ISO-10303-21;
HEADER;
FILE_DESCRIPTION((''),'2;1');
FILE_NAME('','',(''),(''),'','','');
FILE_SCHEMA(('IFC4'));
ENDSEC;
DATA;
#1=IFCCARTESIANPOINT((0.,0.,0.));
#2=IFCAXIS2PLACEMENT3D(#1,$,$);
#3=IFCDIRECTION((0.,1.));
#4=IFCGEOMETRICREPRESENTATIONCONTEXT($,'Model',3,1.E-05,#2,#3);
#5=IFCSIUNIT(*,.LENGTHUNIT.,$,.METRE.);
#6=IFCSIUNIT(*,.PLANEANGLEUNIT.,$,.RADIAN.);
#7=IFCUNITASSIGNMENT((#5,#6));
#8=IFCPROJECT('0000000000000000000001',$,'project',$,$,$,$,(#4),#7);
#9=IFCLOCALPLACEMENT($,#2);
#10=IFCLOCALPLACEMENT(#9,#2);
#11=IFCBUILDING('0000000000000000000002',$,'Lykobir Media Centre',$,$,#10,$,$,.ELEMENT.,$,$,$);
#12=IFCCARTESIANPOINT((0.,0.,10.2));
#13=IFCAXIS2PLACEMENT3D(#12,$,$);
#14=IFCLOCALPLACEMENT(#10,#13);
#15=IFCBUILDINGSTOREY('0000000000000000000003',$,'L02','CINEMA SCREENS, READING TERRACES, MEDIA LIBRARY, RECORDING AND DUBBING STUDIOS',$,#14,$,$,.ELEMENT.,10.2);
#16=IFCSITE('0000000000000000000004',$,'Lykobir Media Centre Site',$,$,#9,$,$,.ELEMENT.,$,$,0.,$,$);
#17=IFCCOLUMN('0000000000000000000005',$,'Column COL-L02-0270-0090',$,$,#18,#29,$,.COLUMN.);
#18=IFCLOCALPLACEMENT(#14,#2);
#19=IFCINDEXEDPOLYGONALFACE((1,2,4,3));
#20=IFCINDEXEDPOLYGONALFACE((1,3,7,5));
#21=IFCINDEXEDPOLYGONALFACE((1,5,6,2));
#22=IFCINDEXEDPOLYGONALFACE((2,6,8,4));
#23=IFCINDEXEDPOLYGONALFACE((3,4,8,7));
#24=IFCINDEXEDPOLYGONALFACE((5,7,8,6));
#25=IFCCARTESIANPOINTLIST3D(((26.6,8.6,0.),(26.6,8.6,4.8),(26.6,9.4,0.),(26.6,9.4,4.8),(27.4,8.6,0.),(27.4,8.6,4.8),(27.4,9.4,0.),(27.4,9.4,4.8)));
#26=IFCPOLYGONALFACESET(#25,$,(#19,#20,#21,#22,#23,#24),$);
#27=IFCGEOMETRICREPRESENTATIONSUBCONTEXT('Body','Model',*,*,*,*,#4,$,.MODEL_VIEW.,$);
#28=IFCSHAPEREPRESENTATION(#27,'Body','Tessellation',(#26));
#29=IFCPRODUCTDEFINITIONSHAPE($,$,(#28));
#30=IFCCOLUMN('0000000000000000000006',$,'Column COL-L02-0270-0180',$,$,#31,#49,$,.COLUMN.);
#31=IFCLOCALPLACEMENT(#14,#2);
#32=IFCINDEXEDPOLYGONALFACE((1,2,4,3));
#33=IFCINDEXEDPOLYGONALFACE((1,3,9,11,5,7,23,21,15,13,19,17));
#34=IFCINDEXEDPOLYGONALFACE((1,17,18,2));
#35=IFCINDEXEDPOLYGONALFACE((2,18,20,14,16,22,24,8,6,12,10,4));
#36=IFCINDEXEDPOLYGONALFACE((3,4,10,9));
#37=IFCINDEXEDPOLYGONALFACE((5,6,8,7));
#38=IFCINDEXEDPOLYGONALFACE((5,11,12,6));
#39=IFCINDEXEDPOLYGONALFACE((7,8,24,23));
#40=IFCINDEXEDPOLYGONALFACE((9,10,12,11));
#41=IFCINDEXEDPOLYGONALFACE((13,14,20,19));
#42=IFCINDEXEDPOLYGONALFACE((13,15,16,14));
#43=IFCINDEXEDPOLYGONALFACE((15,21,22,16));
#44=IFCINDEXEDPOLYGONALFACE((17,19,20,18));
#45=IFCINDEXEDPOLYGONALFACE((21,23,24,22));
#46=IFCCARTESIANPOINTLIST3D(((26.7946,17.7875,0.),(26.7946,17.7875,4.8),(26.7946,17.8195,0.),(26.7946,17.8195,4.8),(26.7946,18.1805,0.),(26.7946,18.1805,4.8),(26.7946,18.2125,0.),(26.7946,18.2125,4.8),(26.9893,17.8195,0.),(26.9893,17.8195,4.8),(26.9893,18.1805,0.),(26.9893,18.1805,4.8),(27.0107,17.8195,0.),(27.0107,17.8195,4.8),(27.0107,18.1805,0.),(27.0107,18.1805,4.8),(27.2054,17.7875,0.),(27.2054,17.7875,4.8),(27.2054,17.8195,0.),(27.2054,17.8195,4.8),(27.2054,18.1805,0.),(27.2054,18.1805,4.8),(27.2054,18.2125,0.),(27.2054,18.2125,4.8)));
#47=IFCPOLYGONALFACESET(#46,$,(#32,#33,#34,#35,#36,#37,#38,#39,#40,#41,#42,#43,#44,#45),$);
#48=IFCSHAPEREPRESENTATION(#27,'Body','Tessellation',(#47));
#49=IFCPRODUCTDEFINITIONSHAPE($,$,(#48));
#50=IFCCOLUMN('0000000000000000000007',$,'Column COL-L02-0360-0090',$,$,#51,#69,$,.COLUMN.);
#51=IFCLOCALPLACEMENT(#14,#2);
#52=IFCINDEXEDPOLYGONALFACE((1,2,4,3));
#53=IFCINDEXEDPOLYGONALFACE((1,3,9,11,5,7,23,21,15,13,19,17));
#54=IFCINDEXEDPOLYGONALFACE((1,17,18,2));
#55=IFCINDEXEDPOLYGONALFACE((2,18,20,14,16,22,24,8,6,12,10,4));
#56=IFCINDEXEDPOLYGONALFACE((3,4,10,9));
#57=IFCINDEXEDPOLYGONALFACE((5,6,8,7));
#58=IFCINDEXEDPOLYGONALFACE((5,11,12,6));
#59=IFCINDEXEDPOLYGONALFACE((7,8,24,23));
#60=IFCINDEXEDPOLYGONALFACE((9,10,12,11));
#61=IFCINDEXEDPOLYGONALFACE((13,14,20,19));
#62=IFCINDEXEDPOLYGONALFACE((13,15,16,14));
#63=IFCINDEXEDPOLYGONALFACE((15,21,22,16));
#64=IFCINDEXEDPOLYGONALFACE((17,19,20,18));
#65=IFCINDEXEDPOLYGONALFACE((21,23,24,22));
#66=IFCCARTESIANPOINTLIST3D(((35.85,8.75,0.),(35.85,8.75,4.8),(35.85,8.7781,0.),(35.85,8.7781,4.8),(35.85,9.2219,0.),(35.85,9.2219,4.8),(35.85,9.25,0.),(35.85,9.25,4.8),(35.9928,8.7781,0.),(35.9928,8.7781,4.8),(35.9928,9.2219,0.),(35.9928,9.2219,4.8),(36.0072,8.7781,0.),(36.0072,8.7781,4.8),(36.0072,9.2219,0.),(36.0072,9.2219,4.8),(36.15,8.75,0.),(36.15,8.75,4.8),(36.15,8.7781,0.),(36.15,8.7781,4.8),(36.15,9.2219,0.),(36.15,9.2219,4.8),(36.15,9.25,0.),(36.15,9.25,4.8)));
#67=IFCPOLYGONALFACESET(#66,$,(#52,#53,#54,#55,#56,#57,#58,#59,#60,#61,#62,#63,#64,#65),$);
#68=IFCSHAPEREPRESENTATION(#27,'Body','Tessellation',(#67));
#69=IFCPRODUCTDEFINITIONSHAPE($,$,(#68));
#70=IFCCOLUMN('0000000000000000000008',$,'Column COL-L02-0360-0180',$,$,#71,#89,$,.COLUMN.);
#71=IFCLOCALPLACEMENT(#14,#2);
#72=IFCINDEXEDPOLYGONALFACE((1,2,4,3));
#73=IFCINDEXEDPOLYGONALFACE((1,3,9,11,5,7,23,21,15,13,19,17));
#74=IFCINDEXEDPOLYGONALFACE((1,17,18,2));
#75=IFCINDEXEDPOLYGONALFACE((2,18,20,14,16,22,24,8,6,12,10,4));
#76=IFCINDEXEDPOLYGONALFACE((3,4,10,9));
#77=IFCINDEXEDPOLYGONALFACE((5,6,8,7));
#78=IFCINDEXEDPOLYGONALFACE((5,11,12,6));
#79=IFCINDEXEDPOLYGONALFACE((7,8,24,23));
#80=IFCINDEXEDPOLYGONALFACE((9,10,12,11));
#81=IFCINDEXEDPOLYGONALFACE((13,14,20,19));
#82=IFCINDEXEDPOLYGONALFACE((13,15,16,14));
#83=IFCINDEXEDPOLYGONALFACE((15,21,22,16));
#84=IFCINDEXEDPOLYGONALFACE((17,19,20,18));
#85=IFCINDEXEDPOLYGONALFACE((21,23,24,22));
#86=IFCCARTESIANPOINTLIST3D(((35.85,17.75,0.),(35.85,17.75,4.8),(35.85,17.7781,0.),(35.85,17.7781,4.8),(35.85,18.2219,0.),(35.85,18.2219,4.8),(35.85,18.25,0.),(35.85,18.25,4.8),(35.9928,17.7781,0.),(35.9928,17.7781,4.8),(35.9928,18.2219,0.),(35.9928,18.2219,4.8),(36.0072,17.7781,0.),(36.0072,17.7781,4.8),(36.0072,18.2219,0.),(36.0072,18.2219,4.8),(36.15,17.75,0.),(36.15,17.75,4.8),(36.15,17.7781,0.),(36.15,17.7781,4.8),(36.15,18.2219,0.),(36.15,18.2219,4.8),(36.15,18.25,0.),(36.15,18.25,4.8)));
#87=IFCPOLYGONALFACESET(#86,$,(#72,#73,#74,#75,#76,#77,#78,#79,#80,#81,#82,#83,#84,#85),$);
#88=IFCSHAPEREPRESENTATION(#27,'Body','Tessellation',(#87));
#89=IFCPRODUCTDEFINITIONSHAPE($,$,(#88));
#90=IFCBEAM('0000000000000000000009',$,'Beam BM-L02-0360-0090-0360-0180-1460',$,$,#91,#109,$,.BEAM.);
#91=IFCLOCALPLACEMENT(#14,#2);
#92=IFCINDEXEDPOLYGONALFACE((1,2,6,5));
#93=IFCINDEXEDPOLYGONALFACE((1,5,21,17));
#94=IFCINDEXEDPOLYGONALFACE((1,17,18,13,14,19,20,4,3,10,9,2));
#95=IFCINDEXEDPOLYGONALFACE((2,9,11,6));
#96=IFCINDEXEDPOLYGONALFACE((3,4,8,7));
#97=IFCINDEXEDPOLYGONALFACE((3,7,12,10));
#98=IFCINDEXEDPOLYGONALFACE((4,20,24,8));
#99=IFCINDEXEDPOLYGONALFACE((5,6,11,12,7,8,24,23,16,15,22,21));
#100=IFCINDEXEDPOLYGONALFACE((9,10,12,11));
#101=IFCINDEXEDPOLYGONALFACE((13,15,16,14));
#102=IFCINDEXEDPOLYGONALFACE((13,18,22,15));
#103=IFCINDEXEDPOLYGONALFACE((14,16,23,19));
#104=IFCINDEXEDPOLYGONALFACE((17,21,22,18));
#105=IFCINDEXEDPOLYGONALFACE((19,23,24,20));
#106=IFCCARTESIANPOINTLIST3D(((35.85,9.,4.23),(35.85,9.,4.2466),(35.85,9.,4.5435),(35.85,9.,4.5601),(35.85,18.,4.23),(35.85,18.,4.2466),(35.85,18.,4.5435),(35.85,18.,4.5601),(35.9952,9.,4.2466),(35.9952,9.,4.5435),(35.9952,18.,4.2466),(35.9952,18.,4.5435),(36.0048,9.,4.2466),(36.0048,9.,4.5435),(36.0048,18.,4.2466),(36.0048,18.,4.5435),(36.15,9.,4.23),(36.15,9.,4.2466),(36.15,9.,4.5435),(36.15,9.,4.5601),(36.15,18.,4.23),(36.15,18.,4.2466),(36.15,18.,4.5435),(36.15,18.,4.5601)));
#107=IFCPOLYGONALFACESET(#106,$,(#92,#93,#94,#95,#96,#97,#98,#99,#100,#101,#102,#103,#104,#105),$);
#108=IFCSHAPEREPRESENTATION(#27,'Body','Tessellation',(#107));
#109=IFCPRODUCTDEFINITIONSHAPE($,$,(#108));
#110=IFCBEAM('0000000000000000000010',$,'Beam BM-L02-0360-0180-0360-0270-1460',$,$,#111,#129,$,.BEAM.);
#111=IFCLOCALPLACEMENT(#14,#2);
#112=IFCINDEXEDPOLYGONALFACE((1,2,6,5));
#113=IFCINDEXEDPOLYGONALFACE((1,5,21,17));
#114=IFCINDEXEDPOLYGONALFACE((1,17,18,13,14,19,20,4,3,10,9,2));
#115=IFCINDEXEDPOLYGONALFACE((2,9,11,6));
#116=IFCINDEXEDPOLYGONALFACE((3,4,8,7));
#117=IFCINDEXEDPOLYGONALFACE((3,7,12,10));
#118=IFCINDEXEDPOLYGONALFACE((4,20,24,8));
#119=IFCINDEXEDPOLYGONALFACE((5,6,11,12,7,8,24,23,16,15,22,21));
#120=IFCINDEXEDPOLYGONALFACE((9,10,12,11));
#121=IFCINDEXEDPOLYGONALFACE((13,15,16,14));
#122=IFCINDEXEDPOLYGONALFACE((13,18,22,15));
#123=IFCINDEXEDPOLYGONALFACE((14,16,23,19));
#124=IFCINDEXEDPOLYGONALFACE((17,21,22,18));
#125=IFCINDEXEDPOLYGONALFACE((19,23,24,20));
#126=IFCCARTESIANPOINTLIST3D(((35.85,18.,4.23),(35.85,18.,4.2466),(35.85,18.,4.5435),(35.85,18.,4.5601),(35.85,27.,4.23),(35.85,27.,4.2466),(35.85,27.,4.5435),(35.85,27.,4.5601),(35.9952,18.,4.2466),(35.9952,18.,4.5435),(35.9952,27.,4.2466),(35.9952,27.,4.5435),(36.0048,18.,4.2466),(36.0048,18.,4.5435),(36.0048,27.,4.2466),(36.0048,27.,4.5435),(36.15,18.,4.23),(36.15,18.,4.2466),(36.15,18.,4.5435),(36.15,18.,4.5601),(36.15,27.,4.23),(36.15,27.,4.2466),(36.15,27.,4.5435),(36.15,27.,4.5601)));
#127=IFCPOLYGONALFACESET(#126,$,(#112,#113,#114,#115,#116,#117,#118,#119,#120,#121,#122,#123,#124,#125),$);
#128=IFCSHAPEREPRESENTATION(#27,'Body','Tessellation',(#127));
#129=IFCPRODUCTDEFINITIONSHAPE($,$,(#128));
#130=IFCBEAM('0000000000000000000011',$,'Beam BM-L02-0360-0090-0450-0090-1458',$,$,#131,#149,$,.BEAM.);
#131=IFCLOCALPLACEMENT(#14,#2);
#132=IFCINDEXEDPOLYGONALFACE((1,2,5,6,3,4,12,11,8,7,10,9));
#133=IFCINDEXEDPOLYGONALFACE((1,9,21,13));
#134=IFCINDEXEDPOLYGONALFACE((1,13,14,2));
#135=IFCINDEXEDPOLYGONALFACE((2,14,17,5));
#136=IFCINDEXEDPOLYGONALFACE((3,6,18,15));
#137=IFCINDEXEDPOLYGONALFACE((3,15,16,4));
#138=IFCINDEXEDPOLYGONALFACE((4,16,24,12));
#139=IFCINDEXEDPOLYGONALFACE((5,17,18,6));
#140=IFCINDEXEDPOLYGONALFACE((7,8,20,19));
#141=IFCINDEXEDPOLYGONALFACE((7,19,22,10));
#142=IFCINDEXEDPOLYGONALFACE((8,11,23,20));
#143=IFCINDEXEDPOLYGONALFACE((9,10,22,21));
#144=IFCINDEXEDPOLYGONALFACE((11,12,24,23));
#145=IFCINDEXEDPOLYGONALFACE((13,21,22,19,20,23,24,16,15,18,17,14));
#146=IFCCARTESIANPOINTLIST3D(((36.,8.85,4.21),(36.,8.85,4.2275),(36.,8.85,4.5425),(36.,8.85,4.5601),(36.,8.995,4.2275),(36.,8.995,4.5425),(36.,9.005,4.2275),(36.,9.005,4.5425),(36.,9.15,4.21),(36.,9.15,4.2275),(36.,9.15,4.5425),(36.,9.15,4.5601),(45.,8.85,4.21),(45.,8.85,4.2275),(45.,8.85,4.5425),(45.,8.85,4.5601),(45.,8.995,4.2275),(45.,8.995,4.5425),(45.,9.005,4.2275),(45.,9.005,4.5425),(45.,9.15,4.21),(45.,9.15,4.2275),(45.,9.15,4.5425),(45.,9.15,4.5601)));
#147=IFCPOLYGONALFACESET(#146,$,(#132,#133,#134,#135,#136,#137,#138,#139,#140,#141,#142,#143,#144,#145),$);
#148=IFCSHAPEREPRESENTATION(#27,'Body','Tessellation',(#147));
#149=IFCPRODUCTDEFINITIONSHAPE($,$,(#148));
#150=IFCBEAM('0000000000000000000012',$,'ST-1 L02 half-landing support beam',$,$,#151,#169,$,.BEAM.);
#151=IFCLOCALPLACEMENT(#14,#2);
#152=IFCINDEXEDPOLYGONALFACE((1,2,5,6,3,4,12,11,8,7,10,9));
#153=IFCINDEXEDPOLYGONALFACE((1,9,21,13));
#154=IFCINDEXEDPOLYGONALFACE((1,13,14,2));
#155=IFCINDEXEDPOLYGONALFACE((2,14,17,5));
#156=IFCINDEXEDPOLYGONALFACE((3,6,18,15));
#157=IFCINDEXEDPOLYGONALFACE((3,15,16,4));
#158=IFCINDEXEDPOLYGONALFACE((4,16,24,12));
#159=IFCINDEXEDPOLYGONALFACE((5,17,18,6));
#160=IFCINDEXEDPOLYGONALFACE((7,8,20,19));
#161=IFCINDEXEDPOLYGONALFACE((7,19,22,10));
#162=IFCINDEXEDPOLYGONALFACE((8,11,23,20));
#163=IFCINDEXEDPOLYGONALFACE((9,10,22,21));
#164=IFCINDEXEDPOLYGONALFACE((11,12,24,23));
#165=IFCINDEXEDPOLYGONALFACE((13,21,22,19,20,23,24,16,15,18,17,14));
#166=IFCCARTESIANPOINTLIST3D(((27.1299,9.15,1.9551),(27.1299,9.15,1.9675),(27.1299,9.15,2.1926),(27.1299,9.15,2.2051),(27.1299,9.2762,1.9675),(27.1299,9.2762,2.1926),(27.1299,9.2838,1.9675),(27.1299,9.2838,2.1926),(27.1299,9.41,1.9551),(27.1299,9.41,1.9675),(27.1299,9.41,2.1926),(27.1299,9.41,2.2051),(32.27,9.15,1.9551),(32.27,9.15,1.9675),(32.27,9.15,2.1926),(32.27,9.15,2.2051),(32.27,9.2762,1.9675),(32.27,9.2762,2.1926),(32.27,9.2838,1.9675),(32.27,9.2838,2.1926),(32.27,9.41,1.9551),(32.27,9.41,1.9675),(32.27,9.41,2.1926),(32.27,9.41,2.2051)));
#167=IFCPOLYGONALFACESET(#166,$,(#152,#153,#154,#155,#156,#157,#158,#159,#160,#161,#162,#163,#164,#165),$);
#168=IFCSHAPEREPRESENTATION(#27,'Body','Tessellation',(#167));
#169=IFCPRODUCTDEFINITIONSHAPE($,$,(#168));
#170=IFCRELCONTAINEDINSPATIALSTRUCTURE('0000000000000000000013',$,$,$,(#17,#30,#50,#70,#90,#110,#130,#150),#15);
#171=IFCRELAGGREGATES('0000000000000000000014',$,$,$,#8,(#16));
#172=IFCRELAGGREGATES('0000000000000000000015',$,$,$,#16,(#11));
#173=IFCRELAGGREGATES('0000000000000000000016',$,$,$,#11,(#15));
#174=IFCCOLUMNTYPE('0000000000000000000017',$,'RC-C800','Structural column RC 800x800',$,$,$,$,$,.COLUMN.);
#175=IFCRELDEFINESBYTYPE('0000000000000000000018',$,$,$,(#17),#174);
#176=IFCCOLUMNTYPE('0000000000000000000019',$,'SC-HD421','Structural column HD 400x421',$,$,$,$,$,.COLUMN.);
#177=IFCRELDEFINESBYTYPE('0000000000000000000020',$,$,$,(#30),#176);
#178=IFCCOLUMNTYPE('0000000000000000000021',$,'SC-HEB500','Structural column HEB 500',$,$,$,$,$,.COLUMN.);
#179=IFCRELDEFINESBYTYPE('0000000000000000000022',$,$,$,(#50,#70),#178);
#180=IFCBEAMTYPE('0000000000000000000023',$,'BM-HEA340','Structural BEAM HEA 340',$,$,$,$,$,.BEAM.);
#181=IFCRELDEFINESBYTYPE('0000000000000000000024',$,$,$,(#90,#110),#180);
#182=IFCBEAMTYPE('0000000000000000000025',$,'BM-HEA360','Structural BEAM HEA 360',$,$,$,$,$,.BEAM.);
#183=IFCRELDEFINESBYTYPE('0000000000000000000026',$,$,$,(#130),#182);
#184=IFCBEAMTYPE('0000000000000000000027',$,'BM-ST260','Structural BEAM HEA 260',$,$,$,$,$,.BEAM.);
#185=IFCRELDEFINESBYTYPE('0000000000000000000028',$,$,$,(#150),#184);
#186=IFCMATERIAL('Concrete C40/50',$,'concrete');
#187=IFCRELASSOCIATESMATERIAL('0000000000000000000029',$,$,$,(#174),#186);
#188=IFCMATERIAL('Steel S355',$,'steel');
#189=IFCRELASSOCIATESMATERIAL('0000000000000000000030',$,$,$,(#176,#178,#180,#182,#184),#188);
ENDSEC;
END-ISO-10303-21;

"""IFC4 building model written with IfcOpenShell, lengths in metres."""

from ifc_helpers import new_model, si_unit, direction, frame, origin, origin_2d, place, context, subcontext, project, spatial, rectangle, i_section, extrude, material, material_profile, profile_set, type_object, element, save


model = new_model("IFC4")

# Units and contexts
model_context = context("Model", 3, precision=1e-05, world=origin(), true_north=direction((0.0, 1.0)))
body_context = subcontext(model_context, "Body", "Model", "MODEL_VIEW")
ifc_project = project(units=[si_unit("LENGTHUNIT", "METRE"), si_unit("PLANEANGLEUNIT", "RADIAN")], contexts=[model_context])

# Site, building, storey
site_placement = place(None, origin())
site = spatial("IfcSite", under=ifc_project, at=site_placement, Name="Lykobir Media Centre Site", CompositionType="ELEMENT", RefElevation=0.0)
building_placement = place(site_placement, origin())
building = spatial("IfcBuilding", under=site, at=building_placement, Name="Lykobir Media Centre", CompositionType="ELEMENT")
storey_placement = place(building_placement, frame((0.0, 0.0, 10.2)))
storey = spatial("IfcBuildingStorey", under=building, at=storey_placement, Name="L02", Description="CINEMA SCREENS, READING TERRACES, MEDIA LIBRARY, RECORDING AND DUBBING STUDIOS", CompositionType="ELEMENT", Elevation=10.2)

# Columns
ifc_material_1 = material(Name="Concrete C40/50", Category="concrete")
ifc_material_profile_1 = material_profile(ifc_material_1, rectangle(XDim=0.8, YDim=0.8, at=origin_2d()), Name="RC 800x800")
ifc_profile_set_1 = profile_set([ifc_material_profile_1], Name="Concrete C40/50")
column_type_1 = type_object("IfcColumnType", Name="RC-C800", Description="Structural column RC 800x800", PredefinedType="COLUMN", material=ifc_profile_set_1)
column_1_placement = place(storey_placement, frame((27.0, 9.0, 0.0), z_axis=(0.0, 0.0, 1.0), x_axis=(1.0, 0.0, 0.0)))
element("IfcColumn", 1, at=column_1_placement, inside=storey, type_object=column_type_1, Name="Column COL-L02-0270-0090", PredefinedType="COLUMN", context=body_context, shape_type="SweptSolid", body=[
    extrude(rectangle(XDim=0.8, YDim=0.8, at=origin_2d()), origin(), (0.0, 0.0, 1.0), 4.8),
])
ifc_material_2 = material(Name="Steel S355", Category="steel")
ifc_material_profile_2 = material_profile(ifc_material_2, i_section(OverallWidth=0.4109, OverallDepth=0.425, WebThickness=0.0215, FlangeThickness=0.032, at=origin_2d()), Name="HD 400x421")
ifc_profile_set_2 = profile_set([ifc_material_profile_2], Name="Steel S355")
column_type_2 = type_object("IfcColumnType", Name="SC-HD421", Description="Structural column HD 400x421", PredefinedType="COLUMN", material=ifc_profile_set_2)
column_2_placement = place(storey_placement, frame((27.0, 18.0, 0.0), z_axis=(0.0, 0.0, 1.0), x_axis=(1.0, 0.0, 0.0)))
element("IfcColumn", 2, at=column_2_placement, inside=storey, type_object=column_type_2, Name="Column COL-L02-0270-0180", PredefinedType="COLUMN", context=body_context, shape_type="SweptSolid", body=[
    extrude(i_section(OverallWidth=0.4109, OverallDepth=0.425, WebThickness=0.0215, FlangeThickness=0.032, at=origin_2d()), origin(), (0.0, 0.0, 1.0), 4.8),
])
ifc_material_profile_3 = material_profile(ifc_material_2, i_section(OverallWidth=0.3, OverallDepth=0.5, WebThickness=0.0144, FlangeThickness=0.0281, at=origin_2d()), Name="HEB 500")
ifc_profile_set_3 = profile_set([ifc_material_profile_3], Name="Steel S355")
column_type_3 = type_object("IfcColumnType", Name="SC-HEB500", Description="Structural column HEB 500", PredefinedType="COLUMN", material=ifc_profile_set_3)
for number, where, z_axis, x_axis, name in (
    (3, (36.0, 9.0, 0.0), (0.0, 0.0, 1.0), (1.0, 0.0, 0.0), "Column COL-L02-0360-0090"),
    (4, (36.0, 18.0, 0.0), (0.0, 0.0, 1.0), (1.0, 0.0, 0.0), "Column COL-L02-0360-0180"),
):
    element("IfcColumn", number, at=place(storey_placement, frame(where, z_axis=z_axis, x_axis=x_axis)), inside=storey, type_object=column_type_3, Name=name, PredefinedType="COLUMN", context=body_context, shape_type="SweptSolid", body=[
        extrude(i_section(OverallWidth=0.3, OverallDepth=0.5, WebThickness=0.0144, FlangeThickness=0.0281, at=origin_2d()), origin(), (0.0, 0.0, 1.0), 4.8),
    ])

# Beams
ifc_material_profile_4 = material_profile(ifc_material_2, i_section(OverallWidth=0.3, OverallDepth=0.3301, WebThickness=0.0095, FlangeThickness=0.0166, at=origin_2d()), Name="HEA 340")
ifc_profile_set_4 = profile_set([ifc_material_profile_4], Name="Steel S355")
beam_type_1 = type_object("IfcBeamType", Name="BM-HEA340", Description="Structural BEAM HEA 340", PredefinedType="BEAM", material=ifc_profile_set_4)
for number, where, z_axis, x_axis, name in (
    (5, (36.0, 9.0, 4.395), (0.0, 1.0, 0.0), (-1.0, 0.0, 0.0), "Beam BM-L02-0360-0090-0360-0180-1460"),
    (6, (36.0, 18.0, 4.395), (0.0, 1.0, 0.0), (-1.0, 0.0, 0.0), "Beam BM-L02-0360-0180-0360-0270-1460"),
):
    element("IfcBeam", number, at=place(storey_placement, frame(where, z_axis=z_axis, x_axis=x_axis)), inside=storey, type_object=beam_type_1, Name=name, PredefinedType="BEAM", context=body_context, shape_type="SweptSolid", body=[
        extrude(i_section(OverallWidth=0.3, OverallDepth=0.3301, WebThickness=0.0095, FlangeThickness=0.0166, at=origin_2d()), origin(), (0.0, 0.0, 1.0), 9.0),
    ])
ifc_material_profile_5 = material_profile(ifc_material_2, i_section(OverallWidth=0.3, OverallDepth=0.3501, WebThickness=0.01, FlangeThickness=0.0176, at=origin_2d()), Name="HEA 360")
ifc_profile_set_5 = profile_set([ifc_material_profile_5], Name="Steel S355")
beam_type_2 = type_object("IfcBeamType", Name="BM-HEA360", Description="Structural BEAM HEA 360", PredefinedType="BEAM", material=ifc_profile_set_5)
beam_1_placement = place(storey_placement, frame((36.0, 9.0, 4.385), z_axis=(1.0, 0.0, 0.0), x_axis=(0.0, 1.0, 0.0)))
element("IfcBeam", 7, at=beam_1_placement, inside=storey, type_object=beam_type_2, Name="Beam BM-L02-0360-0090-0450-0090-1458", PredefinedType="BEAM", context=body_context, shape_type="SweptSolid", body=[
    extrude(i_section(OverallWidth=0.3, OverallDepth=0.3501, WebThickness=0.01, FlangeThickness=0.0176, at=origin_2d()), origin(), (0.0, 0.0, 1.0), 9.0),
])
ifc_material_profile_6 = material_profile(ifc_material_2, i_section(OverallWidth=0.26, OverallDepth=0.25, WebThickness=0.0076, FlangeThickness=0.0125, at=origin_2d()), Name="HEA 260")
ifc_profile_set_6 = profile_set([ifc_material_profile_6], Name="Steel S355")
beam_type_3 = type_object("IfcBeamType", Name="BM-ST260", Description="Structural BEAM HEA 260", PredefinedType="BEAM", material=ifc_profile_set_6)
beam_2_placement = place(storey_placement, frame((27.1299, 9.28, 2.0801), z_axis=(1.0, 0.0, 0.0), x_axis=(0.0, 1.0, 0.0)))
element("IfcBeam", 8, at=beam_2_placement, inside=storey, type_object=beam_type_3, Name="ST-1 L02 half-landing support beam", PredefinedType="BEAM", context=body_context, shape_type="SweptSolid", body=[
    extrude(i_section(OverallWidth=0.26, OverallDepth=0.25, WebThickness=0.0076, FlangeThickness=0.0125, at=origin_2d()), origin(), (0.0, 0.0, 1.0), 5.1401),
])

save(model, "model.ifc")
